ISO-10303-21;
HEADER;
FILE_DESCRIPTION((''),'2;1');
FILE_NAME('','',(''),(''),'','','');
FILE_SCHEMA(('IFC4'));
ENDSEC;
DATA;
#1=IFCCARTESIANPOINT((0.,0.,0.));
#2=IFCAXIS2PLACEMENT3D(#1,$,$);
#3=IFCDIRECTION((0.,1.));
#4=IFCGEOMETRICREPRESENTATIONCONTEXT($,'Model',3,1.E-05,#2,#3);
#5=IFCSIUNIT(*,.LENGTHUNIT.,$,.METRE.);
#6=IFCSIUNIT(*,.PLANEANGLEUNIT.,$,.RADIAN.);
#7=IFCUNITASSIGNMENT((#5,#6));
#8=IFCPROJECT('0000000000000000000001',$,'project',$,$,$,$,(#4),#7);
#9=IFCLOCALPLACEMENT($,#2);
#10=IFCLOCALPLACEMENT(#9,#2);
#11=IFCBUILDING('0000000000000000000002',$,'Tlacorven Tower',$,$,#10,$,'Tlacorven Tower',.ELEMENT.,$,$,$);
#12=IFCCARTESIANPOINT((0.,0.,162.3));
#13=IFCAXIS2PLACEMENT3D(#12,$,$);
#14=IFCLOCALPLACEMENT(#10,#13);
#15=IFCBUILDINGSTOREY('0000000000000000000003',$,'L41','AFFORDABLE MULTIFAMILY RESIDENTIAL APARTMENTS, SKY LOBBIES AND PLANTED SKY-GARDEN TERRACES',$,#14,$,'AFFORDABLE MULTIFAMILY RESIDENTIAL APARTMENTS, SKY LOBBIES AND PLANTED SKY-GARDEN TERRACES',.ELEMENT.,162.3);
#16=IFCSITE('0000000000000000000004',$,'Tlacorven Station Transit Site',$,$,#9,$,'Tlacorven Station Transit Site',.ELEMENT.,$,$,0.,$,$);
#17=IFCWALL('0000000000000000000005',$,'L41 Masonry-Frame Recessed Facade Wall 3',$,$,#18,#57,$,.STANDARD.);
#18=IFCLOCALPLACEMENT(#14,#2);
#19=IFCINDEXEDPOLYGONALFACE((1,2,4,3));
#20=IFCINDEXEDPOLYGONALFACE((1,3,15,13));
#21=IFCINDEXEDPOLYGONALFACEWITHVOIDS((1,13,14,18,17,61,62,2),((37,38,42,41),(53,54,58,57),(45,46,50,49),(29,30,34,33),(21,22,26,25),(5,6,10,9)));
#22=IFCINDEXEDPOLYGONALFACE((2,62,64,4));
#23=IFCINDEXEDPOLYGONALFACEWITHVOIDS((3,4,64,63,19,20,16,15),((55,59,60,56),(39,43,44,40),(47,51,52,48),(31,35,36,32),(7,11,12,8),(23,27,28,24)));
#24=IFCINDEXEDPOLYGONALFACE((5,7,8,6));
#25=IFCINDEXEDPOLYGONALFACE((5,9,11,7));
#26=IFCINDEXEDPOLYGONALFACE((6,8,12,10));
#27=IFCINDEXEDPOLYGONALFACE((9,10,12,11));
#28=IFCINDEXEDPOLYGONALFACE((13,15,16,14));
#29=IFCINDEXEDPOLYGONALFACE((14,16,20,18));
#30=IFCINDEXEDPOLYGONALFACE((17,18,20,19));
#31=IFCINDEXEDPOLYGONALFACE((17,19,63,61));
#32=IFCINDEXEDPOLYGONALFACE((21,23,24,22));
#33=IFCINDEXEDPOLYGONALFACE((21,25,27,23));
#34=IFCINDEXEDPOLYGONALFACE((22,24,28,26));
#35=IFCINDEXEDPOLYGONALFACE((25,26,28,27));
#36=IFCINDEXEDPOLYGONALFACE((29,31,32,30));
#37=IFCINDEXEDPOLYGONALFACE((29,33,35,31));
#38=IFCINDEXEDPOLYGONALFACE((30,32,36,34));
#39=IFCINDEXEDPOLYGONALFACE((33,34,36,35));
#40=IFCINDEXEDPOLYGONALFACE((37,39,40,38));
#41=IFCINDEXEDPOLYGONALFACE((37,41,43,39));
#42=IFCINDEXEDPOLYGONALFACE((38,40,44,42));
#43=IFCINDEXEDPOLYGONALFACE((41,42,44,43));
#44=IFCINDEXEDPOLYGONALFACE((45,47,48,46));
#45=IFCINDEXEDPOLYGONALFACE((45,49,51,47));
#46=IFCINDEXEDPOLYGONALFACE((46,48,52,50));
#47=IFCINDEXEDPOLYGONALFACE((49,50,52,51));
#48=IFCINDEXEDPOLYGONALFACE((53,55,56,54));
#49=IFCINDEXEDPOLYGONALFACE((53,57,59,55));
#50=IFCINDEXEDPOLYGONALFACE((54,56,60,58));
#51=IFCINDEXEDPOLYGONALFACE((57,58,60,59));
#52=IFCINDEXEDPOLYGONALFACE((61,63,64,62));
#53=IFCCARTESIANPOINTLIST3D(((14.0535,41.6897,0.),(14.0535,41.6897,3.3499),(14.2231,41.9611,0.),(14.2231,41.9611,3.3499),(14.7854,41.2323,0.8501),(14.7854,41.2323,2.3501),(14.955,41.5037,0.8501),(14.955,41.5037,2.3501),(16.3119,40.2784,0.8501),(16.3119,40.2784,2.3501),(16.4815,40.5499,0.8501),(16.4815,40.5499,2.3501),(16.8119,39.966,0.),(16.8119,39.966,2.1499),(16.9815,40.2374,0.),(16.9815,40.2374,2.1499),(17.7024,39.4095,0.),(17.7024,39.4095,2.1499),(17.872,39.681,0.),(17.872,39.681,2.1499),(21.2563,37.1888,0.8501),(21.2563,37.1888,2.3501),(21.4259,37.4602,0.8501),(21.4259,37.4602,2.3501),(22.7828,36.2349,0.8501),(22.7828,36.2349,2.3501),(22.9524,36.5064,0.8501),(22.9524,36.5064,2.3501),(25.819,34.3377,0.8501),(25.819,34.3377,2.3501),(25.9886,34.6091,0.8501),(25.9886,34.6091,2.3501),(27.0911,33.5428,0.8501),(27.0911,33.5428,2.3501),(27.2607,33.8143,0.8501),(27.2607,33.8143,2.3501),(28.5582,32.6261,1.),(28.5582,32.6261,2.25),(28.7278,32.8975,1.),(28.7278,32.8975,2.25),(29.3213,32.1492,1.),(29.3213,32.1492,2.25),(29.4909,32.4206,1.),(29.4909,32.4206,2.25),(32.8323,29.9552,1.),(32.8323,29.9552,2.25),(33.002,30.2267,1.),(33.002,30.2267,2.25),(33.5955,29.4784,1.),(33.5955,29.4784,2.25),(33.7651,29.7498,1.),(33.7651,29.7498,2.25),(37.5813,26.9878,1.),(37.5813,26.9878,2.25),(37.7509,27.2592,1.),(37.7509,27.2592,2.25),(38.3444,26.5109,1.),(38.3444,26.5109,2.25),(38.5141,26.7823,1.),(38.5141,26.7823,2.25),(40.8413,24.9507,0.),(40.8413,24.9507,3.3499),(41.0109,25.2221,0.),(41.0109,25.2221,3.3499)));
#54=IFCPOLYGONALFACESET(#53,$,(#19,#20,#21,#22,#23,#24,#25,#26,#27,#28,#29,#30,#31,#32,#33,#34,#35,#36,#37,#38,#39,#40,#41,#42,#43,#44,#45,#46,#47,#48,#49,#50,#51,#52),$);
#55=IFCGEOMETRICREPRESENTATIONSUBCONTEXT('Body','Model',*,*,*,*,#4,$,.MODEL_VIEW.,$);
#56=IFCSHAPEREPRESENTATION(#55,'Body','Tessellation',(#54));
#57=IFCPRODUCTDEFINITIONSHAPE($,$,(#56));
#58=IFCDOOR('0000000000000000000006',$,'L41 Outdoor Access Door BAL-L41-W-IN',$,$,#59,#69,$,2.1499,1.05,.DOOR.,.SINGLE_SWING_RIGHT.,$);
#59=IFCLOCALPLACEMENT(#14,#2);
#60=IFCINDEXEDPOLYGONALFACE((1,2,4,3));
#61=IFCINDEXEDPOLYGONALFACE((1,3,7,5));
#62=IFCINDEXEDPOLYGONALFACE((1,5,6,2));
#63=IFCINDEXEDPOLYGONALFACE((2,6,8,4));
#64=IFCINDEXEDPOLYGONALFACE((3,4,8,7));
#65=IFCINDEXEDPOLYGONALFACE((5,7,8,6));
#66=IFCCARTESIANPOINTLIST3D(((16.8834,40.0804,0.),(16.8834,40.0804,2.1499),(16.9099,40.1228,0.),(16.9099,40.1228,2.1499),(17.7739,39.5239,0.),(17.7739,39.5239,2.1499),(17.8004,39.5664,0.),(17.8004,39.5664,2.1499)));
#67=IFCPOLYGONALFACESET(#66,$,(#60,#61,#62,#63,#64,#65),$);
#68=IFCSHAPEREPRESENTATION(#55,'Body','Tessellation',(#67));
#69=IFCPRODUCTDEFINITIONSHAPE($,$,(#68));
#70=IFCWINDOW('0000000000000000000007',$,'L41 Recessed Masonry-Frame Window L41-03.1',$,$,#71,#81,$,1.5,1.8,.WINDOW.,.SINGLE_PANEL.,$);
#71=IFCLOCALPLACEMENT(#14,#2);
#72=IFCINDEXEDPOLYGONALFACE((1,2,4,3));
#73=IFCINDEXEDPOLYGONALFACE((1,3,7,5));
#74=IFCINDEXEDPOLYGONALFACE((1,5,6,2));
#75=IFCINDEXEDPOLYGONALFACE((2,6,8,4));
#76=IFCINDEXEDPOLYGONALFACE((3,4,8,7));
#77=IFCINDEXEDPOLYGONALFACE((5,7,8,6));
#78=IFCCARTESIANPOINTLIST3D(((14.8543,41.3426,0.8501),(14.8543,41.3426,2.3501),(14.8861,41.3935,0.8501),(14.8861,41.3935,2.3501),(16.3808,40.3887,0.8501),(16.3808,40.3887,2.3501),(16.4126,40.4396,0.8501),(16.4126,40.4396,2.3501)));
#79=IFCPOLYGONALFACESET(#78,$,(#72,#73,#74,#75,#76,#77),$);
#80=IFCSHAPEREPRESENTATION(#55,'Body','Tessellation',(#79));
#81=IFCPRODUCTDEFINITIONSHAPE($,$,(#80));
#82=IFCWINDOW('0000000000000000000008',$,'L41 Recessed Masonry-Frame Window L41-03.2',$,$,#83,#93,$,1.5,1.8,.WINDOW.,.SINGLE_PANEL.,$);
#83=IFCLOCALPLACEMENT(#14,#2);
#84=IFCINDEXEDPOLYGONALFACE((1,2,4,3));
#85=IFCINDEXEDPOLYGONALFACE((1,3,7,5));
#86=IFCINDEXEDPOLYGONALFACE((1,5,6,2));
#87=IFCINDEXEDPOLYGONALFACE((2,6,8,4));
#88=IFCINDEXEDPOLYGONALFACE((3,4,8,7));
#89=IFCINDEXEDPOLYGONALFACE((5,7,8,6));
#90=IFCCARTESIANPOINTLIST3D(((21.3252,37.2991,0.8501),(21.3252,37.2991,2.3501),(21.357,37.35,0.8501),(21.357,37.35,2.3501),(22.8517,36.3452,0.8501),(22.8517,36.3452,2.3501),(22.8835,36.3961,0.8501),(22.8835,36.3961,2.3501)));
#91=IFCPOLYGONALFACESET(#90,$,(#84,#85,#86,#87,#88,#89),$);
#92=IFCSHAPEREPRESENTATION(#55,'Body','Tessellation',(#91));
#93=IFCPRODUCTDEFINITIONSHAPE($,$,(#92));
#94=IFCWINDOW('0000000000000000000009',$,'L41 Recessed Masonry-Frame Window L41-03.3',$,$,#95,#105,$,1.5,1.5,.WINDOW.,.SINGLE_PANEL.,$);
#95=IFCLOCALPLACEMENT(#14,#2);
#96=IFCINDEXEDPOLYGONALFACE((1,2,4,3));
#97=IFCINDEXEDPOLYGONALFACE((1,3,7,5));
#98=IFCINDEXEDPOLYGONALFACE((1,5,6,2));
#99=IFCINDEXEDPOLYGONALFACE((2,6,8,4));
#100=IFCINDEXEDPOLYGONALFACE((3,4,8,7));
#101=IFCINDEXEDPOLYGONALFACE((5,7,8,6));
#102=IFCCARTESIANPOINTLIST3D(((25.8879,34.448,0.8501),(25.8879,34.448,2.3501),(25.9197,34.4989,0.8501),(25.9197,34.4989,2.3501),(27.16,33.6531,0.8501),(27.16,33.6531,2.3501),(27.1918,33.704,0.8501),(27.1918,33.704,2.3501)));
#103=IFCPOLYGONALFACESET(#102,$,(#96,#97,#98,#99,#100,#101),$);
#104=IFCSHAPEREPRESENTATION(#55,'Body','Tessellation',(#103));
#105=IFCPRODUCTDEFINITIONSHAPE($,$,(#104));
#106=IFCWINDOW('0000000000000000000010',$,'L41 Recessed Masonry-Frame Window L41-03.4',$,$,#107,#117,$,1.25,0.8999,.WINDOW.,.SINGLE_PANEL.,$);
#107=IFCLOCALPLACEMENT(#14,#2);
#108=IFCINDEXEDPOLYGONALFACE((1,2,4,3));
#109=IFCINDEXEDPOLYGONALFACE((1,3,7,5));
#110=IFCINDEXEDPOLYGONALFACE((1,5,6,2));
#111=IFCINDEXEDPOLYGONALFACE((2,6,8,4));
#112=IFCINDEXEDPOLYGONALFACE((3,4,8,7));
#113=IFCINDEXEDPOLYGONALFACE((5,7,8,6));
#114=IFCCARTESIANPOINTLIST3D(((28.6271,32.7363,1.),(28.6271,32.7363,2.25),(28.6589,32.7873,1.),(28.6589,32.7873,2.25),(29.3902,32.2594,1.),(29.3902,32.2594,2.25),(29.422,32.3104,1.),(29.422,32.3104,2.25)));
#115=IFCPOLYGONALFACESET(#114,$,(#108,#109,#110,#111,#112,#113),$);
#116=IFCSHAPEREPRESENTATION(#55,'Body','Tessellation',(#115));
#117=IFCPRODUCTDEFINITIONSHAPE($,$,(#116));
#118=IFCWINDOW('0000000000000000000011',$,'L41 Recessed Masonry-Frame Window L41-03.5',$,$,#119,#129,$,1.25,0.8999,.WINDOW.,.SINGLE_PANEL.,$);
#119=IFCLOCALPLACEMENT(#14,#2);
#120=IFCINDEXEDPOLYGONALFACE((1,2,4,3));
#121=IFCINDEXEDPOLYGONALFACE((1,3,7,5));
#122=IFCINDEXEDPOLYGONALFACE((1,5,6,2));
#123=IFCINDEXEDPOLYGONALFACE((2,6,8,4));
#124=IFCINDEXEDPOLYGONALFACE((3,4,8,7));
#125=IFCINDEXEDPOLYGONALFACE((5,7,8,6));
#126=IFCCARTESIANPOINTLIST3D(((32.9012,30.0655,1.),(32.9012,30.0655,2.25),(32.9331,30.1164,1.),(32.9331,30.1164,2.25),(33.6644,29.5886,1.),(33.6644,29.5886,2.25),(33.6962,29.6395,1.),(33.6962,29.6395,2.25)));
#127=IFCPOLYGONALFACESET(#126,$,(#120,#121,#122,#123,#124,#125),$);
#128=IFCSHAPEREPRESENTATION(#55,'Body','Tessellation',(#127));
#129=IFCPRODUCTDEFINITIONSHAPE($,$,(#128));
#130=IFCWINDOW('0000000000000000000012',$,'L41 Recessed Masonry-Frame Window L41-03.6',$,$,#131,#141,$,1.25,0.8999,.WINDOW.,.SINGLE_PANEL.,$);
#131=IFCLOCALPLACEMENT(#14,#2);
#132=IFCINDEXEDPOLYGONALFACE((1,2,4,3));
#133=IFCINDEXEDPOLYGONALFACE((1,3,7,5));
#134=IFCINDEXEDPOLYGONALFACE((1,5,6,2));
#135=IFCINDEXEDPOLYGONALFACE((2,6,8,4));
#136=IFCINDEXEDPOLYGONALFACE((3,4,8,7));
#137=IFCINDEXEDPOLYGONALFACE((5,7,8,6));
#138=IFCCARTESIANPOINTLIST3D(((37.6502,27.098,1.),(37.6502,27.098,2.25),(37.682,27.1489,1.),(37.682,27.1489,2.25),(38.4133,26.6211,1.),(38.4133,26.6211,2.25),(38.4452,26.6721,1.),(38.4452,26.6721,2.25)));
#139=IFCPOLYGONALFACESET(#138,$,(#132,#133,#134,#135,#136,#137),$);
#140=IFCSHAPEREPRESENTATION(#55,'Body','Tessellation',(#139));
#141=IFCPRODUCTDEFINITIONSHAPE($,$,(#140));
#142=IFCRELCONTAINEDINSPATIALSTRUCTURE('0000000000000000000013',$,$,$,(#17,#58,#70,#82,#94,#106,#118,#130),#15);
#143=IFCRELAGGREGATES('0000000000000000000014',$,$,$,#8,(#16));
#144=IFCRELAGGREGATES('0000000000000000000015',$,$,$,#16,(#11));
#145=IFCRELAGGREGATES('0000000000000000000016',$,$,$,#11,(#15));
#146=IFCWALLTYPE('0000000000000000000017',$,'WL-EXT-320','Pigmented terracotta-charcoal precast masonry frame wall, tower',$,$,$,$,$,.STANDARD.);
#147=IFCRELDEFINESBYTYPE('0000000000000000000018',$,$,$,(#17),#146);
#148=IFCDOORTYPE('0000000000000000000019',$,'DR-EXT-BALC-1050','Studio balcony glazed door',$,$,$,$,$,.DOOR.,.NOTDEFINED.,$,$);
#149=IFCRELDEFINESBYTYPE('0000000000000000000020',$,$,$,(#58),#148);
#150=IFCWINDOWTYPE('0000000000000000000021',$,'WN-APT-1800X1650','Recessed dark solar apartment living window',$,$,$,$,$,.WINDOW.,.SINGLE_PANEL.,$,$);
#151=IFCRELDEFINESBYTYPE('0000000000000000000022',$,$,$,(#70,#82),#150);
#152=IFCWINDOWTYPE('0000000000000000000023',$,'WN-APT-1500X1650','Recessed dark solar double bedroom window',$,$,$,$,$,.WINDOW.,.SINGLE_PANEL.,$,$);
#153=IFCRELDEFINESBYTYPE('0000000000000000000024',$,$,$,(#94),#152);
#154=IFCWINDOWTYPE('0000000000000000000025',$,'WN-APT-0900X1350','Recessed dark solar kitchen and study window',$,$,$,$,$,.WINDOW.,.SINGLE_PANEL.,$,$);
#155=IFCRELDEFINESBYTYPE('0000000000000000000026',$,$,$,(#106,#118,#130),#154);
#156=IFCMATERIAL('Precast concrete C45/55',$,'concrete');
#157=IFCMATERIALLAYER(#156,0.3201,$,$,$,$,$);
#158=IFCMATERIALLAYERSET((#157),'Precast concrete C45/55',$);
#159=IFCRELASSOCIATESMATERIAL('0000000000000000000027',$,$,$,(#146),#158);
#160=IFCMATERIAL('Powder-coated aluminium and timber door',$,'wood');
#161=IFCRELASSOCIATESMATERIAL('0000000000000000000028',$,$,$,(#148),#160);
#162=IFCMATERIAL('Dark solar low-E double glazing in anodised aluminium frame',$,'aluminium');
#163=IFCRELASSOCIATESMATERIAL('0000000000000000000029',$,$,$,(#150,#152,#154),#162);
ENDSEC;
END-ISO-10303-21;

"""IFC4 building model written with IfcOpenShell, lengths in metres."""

from ifc_helpers import new_model, si_unit, direction, frame, frame_2d, origin, place, context, subcontext, project, spatial, rectangle, extrude, source, transform, mapped, material, layer, layer_set, type_object, element, fill, save


model = new_model("IFC4")

# Units and contexts
model_context = context("Model", 3, precision=1e-05, world=origin(), true_north=direction((0.0, 1.0)))
body_context = subcontext(model_context, "Body", "Model", "MODEL_VIEW")
ifc_project = project(units=[si_unit("LENGTHUNIT", "METRE"), si_unit("PLANEANGLEUNIT", "RADIAN")], contexts=[model_context])

# Site, building, storey
site_placement = place(None, origin())
site = spatial("IfcSite", under=ifc_project, at=site_placement, Name="Tlacorven Station Transit Site", LongName="Tlacorven Station Transit Site", CompositionType="ELEMENT", RefElevation=0.0)
building_placement = place(site_placement, origin())
building = spatial("IfcBuilding", under=site, at=building_placement, Name="Tlacorven Tower", LongName="Tlacorven Tower", CompositionType="ELEMENT")
storey_placement = place(building_placement, frame((0.0, 0.0, 162.3)))
storey = spatial("IfcBuildingStorey", under=building, at=storey_placement, Name="L41", Description="AFFORDABLE MULTIFAMILY RESIDENTIAL APARTMENTS, SKY LOBBIES AND PLANTED SKY-GARDEN TERRACES", LongName="AFFORDABLE MULTIFAMILY RESIDENTIAL APARTMENTS, SKY LOBBIES AND PLANTED SKY-GARDEN TERRACES", CompositionType="ELEMENT", Elevation=162.3)

# Wall, openings, door, windows
ifc_material_1 = material(Name="Precast concrete C45/55", Category="concrete")
ifc_layer_1 = layer(ifc_material_1, 0.3201)
ifc_layer_set_1 = layer_set([ifc_layer_1], Name="Precast concrete C45/55")
wall_type_1 = type_object("IfcWallType", Name="WL-EXT-320", Description="Pigmented terracotta-charcoal precast masonry frame wall, tower", PredefinedType="STANDARD", material=ifc_layer_set_1)
wall_1_placement = place(storey_placement, frame((14.1382, 41.8254, 0.0), z_axis=(0.0, 0.0, 1.0), x_axis=(0.848046, -0.529922, 0.0)))
wall_1 = element("IfcWall", 1, at=wall_1_placement, inside=storey, type_object=wall_type_1, Name="L41 Masonry-Frame Recessed Facade Wall 3", PredefinedType="STANDARD", context=body_context, shape_type="SweptSolid", body=[
    extrude(rectangle(XDim=31.5876, YDim=0.3201, at=frame_2d((15.7939, 0.0))), origin(), (0.0, 0.0, 1.0), 3.3499),
])
opening_1_placement = place(wall_1_placement, frame((3.2529, 0.0, 0.0)))
opening_1 = element("IfcOpeningElement", 2, at=opening_1_placement, cuts=wall_1, PredefinedType="OPENING", context=body_context, shape_type="SweptSolid", body=[
    extrude(rectangle(XDim=1.05, YDim=2.1499, at=frame_2d((0.5249, 1.075))), frame((0.0, 0.1699, 0.0), z_axis=(0.0, -1.0, 0.0), x_axis=(1.0, 0.0, 0.0)), (0.0, 0.0, 1.0), 0.3401),
])
opening_2_placement = place(wall_1_placement, frame((0.8633, 0.0, 0.8501)))
opening_2 = element("IfcOpeningElement", 3, at=opening_2_placement, cuts=wall_1, PredefinedType="OPENING", context=body_context, shape_type="SweptSolid", body=[
    extrude(rectangle(XDim=1.8, YDim=1.5, at=frame_2d((0.8999, 0.75))), frame((0.0, 0.1699, 0.0), z_axis=(0.0, -1.0, 0.0), x_axis=(1.0, 0.0, 0.0)), (0.0, 0.0, 1.0), 0.3401),
])
opening_3_placement = place(wall_1_placement, frame((8.4937, 0.0, 0.8501)))
opening_3 = element("IfcOpeningElement", 4, at=opening_3_placement, cuts=wall_1, PredefinedType="OPENING", context=body_context, shape_type="SweptSolid", body=[
    extrude(rectangle(XDim=1.8, YDim=1.5, at=frame_2d((0.8999, 0.75))), frame((0.0, 0.1699, 0.0), z_axis=(0.0, -1.0, 0.0), x_axis=(1.0, 0.0, 0.0)), (0.0, 0.0, 1.0), 0.3401),
])
opening_4_placement = place(wall_1_placement, frame((13.8738, 0.0, 0.8501)))
opening_4 = element("IfcOpeningElement", 5, at=opening_4_placement, cuts=wall_1, PredefinedType="OPENING", context=body_context, shape_type="SweptSolid", body=[
    extrude(rectangle(XDim=1.5, YDim=1.5, at=frame_2d((0.75, 0.75))), frame((0.0, 0.1699, 0.0), z_axis=(0.0, -1.0, 0.0), x_axis=(1.0, 0.0, 0.0)), (0.0, 0.0, 1.0), 0.3401),
])
opening_5_placement = place(wall_1_placement, frame((17.1038, 0.0, 1.0)))
opening_5 = element("IfcOpeningElement", 6, at=opening_5_placement, cuts=wall_1, PredefinedType="OPENING", context=body_context, shape_type="SweptSolid", body=[
    extrude(rectangle(XDim=0.8999, YDim=1.25, at=frame_2d((0.45, 0.625))), frame((0.0, 0.1699, 0.0), z_axis=(0.0, -1.0, 0.0), x_axis=(1.0, 0.0, 0.0)), (0.0, 0.0, 1.0), 0.3401),
])
opening_6_placement = place(wall_1_placement, frame((22.1438, 0.0, 1.0)))
opening_6 = element("IfcOpeningElement", 7, at=opening_6_placement, cuts=wall_1, PredefinedType="OPENING", context=body_context, shape_type="SweptSolid", body=[
    extrude(rectangle(XDim=0.8999, YDim=1.25, at=frame_2d((0.45, 0.625))), frame((0.0, 0.1699, 0.0), z_axis=(0.0, -1.0, 0.0), x_axis=(1.0, 0.0, 0.0)), (0.0, 0.0, 1.0), 0.3401),
])
opening_7_placement = place(wall_1_placement, frame((27.7437, 0.0, 1.0)))
opening_7 = element("IfcOpeningElement", 8, at=opening_7_placement, cuts=wall_1, PredefinedType="OPENING", context=body_context, shape_type="SweptSolid", body=[
    extrude(rectangle(XDim=0.8999, YDim=1.25, at=frame_2d((0.45, 0.625))), frame((0.0, 0.1699, 0.0), z_axis=(0.0, -1.0, 0.0), x_axis=(1.0, 0.0, 0.0)), (0.0, 0.0, 1.0), 0.3401),
])
ifc_material_2 = material(Name="Powder-coated aluminium and timber door", Category="wood")
door_type = type_object("IfcDoorType", Name="DR-EXT-BALC-1050", Description="Studio balcony glazed door", OperationType="NOTDEFINED", PredefinedType="DOOR", material=ifc_material_2)
shared_shape_1 = source(origin(), body_context, "Body", "SweptSolid", [
    extrude(rectangle(XDim=1.05, YDim=2.1499, at=frame_2d((0.5249, 1.075))), frame((0.0, 0.0249, 0.0), z_axis=(0.0, -1.0, 0.0), x_axis=(1.0, 0.0, 0.0)), (0.0, 0.0, 1.0), 0.05),
])
door_placement = place(opening_1_placement, origin())
door = element("IfcDoor", 9, at=door_placement, inside=storey, type_object=door_type, Name="L41 Outdoor Access Door BAL-L41-W-IN", OperationType="SINGLE_SWING_RIGHT", OverallHeight=2.1499, OverallWidth=1.05, PredefinedType="DOOR", context=body_context, shape_type="MappedRepresentation", body=[
    mapped(shared_shape_1, transform((0.0, 0.0, 0.0), scale=1.0)),
])
fill(opening_1, door)
ifc_material_3 = material(Name="Dark solar low-E double glazing in anodised aluminium frame", Category="aluminium")
window_type_1 = type_object("IfcWindowType", Name="WN-APT-1800X1650", Description="Recessed dark solar apartment living window", PartitioningType="SINGLE_PANEL", PredefinedType="WINDOW", material=ifc_material_3)
shared_shape_2 = source(origin(), body_context, "Body", "SweptSolid", [
    extrude(rectangle(XDim=1.8, YDim=1.5, at=frame_2d((0.8999, 0.75))), frame((0.0, 0.03, 0.0), z_axis=(0.0, -1.0, 0.0), x_axis=(1.0, 0.0, 0.0)), (0.0, 0.0, 1.0), 0.0601),
])
window_1_placement = place(opening_2_placement, origin())
window_1 = element("IfcWindow", 10, at=window_1_placement, inside=storey, type_object=window_type_1, Name="L41 Recessed Masonry-Frame Window L41-03.1", OverallHeight=1.5, OverallWidth=1.8, PartitioningType="SINGLE_PANEL", PredefinedType="WINDOW", context=body_context, shape_type="MappedRepresentation", body=[
    mapped(shared_shape_2, transform((0.0, 0.0, 0.0), scale=1.0)),
])
fill(opening_2, window_1)
window_2_placement = place(opening_3_placement, origin())
window_2 = element("IfcWindow", 11, at=window_2_placement, inside=storey, type_object=window_type_1, Name="L41 Recessed Masonry-Frame Window L41-03.2", OverallHeight=1.5, OverallWidth=1.8, PartitioningType="SINGLE_PANEL", PredefinedType="WINDOW", context=body_context, shape_type="MappedRepresentation", body=[
    mapped(shared_shape_2, transform((0.0, 0.0, 0.0), scale=1.0)),
])
fill(opening_3, window_2)
window_type_2 = type_object("IfcWindowType", Name="WN-APT-1500X1650", Description="Recessed dark solar double bedroom window", PartitioningType="SINGLE_PANEL", PredefinedType="WINDOW", material=ifc_material_3)
shared_shape_3 = source(origin(), body_context, "Body", "SweptSolid", [
    extrude(rectangle(XDim=1.5, YDim=1.5, at=frame_2d((0.75, 0.75))), frame((0.0, 0.03, 0.0), z_axis=(0.0, -1.0, 0.0), x_axis=(1.0, 0.0, 0.0)), (0.0, 0.0, 1.0), 0.0601),
])
window_3_placement = place(opening_4_placement, origin())
window_3 = element("IfcWindow", 12, at=window_3_placement, inside=storey, type_object=window_type_2, Name="L41 Recessed Masonry-Frame Window L41-03.3", OverallHeight=1.5, OverallWidth=1.5, PartitioningType="SINGLE_PANEL", PredefinedType="WINDOW", context=body_context, shape_type="MappedRepresentation", body=[
    mapped(shared_shape_3, transform((0.0, 0.0, 0.0), scale=1.0)),
])
fill(opening_4, window_3)
window_type_3 = type_object("IfcWindowType", Name="WN-APT-0900X1350", Description="Recessed dark solar kitchen and study window", PartitioningType="SINGLE_PANEL", PredefinedType="WINDOW", material=ifc_material_3)
shared_shape_4 = source(origin(), body_context, "Body", "SweptSolid", [
    extrude(rectangle(XDim=0.8999, YDim=1.25, at=frame_2d((0.45, 0.625))), frame((0.0, 0.03, 0.0), z_axis=(0.0, -1.0, 0.0), x_axis=(1.0, 0.0, 0.0)), (0.0, 0.0, 1.0), 0.0601),
])
window_4_placement = place(opening_5_placement, origin())
window_4 = element("IfcWindow", 13, at=window_4_placement, inside=storey, type_object=window_type_3, Name="L41 Recessed Masonry-Frame Window L41-03.4", OverallHeight=1.25, OverallWidth=0.8999, PartitioningType="SINGLE_PANEL", PredefinedType="WINDOW", context=body_context, shape_type="MappedRepresentation", body=[
    mapped(shared_shape_4, transform((0.0, 0.0, 0.0), scale=1.0)),
])
fill(opening_5, window_4)
window_5_placement = place(opening_6_placement, origin())
window_5 = element("IfcWindow", 14, at=window_5_placement, inside=storey, type_object=window_type_3, Name="L41 Recessed Masonry-Frame Window L41-03.5", OverallHeight=1.25, OverallWidth=0.8999, PartitioningType="SINGLE_PANEL", PredefinedType="WINDOW", context=body_context, shape_type="MappedRepresentation", body=[
    mapped(shared_shape_4, transform((0.0, 0.0, 0.0), scale=1.0)),
])
fill(opening_6, window_5)
window_6_placement = place(opening_7_placement, origin())
window_6 = element("IfcWindow", 15, at=window_6_placement, inside=storey, type_object=window_type_3, Name="L41 Recessed Masonry-Frame Window L41-03.6", OverallHeight=1.25, OverallWidth=0.8999, PartitioningType="SINGLE_PANEL", PredefinedType="WINDOW", context=body_context, shape_type="MappedRepresentation", body=[
    mapped(shared_shape_4, transform((0.0, 0.0, 0.0), scale=1.0)),
])
fill(opening_7, window_6)

save(model, "model.ifc")
